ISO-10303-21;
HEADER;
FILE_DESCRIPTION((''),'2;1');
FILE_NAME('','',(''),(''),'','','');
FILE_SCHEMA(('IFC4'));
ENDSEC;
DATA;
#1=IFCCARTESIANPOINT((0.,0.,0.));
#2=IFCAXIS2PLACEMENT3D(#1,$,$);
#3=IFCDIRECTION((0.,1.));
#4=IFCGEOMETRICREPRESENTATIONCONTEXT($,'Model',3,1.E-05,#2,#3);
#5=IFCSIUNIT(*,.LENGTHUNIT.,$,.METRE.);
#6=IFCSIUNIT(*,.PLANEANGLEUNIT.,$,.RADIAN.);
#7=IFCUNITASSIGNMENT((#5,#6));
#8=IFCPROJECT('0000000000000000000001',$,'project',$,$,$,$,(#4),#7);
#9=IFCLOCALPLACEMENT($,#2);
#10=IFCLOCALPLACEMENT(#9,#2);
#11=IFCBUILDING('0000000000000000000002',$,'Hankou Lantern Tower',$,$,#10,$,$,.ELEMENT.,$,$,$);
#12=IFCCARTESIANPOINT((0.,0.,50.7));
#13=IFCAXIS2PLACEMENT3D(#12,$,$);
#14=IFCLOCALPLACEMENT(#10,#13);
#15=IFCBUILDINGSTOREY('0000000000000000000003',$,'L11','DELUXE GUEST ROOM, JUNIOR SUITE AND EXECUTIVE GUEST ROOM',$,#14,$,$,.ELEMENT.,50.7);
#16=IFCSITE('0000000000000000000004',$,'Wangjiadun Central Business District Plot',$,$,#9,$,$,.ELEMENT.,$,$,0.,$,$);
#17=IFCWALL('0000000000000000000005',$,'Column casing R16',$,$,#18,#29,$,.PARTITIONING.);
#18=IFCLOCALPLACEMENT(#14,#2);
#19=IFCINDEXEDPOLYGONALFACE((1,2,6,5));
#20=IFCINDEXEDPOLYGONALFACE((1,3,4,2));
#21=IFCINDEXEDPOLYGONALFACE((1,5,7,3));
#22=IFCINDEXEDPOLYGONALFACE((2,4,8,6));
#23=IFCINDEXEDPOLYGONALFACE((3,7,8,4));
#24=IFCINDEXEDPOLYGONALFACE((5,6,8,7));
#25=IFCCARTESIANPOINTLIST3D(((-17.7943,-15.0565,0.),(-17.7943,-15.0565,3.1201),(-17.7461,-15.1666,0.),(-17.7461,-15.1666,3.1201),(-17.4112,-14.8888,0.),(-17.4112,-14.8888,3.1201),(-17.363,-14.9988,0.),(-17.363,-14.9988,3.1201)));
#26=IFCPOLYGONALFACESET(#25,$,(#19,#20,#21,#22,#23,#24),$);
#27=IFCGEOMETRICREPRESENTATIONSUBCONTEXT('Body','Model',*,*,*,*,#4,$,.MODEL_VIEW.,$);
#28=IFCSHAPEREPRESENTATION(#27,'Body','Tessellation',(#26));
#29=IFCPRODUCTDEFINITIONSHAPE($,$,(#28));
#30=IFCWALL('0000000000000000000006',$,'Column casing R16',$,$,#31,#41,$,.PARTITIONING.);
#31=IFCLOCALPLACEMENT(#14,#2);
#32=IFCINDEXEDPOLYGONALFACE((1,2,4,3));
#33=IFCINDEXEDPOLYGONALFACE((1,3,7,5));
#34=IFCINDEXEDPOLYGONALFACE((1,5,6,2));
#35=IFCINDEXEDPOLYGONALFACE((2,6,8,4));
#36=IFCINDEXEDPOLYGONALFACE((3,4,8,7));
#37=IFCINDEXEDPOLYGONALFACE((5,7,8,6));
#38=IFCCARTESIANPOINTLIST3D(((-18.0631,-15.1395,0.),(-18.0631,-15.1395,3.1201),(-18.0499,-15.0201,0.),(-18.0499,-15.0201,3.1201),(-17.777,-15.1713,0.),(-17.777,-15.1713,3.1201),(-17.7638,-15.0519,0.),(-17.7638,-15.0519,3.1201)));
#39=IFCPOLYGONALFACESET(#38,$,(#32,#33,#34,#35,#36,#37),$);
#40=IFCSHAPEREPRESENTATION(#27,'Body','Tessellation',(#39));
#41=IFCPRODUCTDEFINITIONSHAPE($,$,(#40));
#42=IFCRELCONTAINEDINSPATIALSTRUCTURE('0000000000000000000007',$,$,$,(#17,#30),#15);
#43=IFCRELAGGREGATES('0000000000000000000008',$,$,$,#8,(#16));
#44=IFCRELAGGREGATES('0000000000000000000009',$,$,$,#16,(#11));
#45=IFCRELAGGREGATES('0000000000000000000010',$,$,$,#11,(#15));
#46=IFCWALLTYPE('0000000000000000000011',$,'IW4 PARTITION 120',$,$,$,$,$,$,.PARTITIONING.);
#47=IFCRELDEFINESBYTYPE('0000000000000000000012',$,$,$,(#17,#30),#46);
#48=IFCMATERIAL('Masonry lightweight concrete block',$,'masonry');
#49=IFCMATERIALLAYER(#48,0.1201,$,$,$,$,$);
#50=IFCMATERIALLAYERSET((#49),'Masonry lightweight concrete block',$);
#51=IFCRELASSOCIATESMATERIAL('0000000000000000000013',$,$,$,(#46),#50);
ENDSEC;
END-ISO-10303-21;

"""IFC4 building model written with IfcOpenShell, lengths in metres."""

from ifc_helpers import new_model, si_unit, direction, frame, frame_2d, origin, place, context, subcontext, project, spatial, rectangle, extrude, material, layer, layer_set, type_object, element, save


model = new_model("IFC4")

# Units and contexts
model_context = context("Model", 3, precision=1e-05, world=origin(), true_north=direction((0.0, 1.0)))
body_context = subcontext(model_context, "Body", "Model", "MODEL_VIEW")
ifc_project = project(units=[si_unit("LENGTHUNIT", "METRE"), si_unit("PLANEANGLEUNIT", "RADIAN")], contexts=[model_context])

# Site, building, storey
site_placement = place(None, origin())
site = spatial("IfcSite", under=ifc_project, at=site_placement, Name="Wangjiadun Central Business District Plot", CompositionType="ELEMENT", RefElevation=0.0)
building_placement = place(site_placement, origin())
building = spatial("IfcBuilding", under=site, at=building_placement, Name="Hankou Lantern Tower", CompositionType="ELEMENT")
storey_placement = place(building_placement, frame((0.0, 0.0, 50.7)))
storey = spatial("IfcBuildingStorey", under=building, at=storey_placement, Name="L11", Description="DELUXE GUEST ROOM, JUNIOR SUITE AND EXECUTIVE GUEST ROOM", CompositionType="ELEMENT", Elevation=50.7)

# Walls
ifc_material_1 = material(Name="Masonry lightweight concrete block", Category="masonry")
ifc_layer_1 = layer(ifc_material_1, 0.1201)
ifc_layer_set_1 = layer_set([ifc_layer_1], Name="Masonry lightweight concrete block")
wall_type_1 = type_object("IfcWallType", Name="IW4 PARTITION 120", PredefinedType="PARTITIONING", material=ifc_layer_set_1)
wall_1_placement = place(storey_placement, frame((-17.3872, -14.9438, 0.0), z_axis=(0.0, 0.0, 1.0), x_axis=(-0.916037, -0.401094, 0.0)))
element("IfcWall", 1, at=wall_1_placement, inside=storey, type_object=wall_type_1, Name="Column casing R16", PredefinedType="PARTITIONING", context=body_context, shape_type="SweptSolid", body=[
    extrude(rectangle(XDim=0.4182, YDim=0.1201, at=frame_2d((0.209, 0.0))), origin(), (0.0, 0.0, 1.0), 3.1201),
])
wall_2_placement = place(storey_placement, frame((-17.7703, -15.1116, 0.0), z_axis=(0.0, 0.0, 1.0), x_axis=(-0.993904, 0.110245, 0.0)))
element("IfcWall", 2, at=wall_2_placement, inside=storey, type_object=wall_type_1, Name="Column casing R16", PredefinedType="PARTITIONING", context=body_context, shape_type="SweptSolid", body=[
    extrude(rectangle(XDim=0.2878, YDim=0.1201, at=frame_2d((0.144, 0.0))), origin(), (0.0, 0.0, 1.0), 3.1201),
])

save(model, "model.ifc")
